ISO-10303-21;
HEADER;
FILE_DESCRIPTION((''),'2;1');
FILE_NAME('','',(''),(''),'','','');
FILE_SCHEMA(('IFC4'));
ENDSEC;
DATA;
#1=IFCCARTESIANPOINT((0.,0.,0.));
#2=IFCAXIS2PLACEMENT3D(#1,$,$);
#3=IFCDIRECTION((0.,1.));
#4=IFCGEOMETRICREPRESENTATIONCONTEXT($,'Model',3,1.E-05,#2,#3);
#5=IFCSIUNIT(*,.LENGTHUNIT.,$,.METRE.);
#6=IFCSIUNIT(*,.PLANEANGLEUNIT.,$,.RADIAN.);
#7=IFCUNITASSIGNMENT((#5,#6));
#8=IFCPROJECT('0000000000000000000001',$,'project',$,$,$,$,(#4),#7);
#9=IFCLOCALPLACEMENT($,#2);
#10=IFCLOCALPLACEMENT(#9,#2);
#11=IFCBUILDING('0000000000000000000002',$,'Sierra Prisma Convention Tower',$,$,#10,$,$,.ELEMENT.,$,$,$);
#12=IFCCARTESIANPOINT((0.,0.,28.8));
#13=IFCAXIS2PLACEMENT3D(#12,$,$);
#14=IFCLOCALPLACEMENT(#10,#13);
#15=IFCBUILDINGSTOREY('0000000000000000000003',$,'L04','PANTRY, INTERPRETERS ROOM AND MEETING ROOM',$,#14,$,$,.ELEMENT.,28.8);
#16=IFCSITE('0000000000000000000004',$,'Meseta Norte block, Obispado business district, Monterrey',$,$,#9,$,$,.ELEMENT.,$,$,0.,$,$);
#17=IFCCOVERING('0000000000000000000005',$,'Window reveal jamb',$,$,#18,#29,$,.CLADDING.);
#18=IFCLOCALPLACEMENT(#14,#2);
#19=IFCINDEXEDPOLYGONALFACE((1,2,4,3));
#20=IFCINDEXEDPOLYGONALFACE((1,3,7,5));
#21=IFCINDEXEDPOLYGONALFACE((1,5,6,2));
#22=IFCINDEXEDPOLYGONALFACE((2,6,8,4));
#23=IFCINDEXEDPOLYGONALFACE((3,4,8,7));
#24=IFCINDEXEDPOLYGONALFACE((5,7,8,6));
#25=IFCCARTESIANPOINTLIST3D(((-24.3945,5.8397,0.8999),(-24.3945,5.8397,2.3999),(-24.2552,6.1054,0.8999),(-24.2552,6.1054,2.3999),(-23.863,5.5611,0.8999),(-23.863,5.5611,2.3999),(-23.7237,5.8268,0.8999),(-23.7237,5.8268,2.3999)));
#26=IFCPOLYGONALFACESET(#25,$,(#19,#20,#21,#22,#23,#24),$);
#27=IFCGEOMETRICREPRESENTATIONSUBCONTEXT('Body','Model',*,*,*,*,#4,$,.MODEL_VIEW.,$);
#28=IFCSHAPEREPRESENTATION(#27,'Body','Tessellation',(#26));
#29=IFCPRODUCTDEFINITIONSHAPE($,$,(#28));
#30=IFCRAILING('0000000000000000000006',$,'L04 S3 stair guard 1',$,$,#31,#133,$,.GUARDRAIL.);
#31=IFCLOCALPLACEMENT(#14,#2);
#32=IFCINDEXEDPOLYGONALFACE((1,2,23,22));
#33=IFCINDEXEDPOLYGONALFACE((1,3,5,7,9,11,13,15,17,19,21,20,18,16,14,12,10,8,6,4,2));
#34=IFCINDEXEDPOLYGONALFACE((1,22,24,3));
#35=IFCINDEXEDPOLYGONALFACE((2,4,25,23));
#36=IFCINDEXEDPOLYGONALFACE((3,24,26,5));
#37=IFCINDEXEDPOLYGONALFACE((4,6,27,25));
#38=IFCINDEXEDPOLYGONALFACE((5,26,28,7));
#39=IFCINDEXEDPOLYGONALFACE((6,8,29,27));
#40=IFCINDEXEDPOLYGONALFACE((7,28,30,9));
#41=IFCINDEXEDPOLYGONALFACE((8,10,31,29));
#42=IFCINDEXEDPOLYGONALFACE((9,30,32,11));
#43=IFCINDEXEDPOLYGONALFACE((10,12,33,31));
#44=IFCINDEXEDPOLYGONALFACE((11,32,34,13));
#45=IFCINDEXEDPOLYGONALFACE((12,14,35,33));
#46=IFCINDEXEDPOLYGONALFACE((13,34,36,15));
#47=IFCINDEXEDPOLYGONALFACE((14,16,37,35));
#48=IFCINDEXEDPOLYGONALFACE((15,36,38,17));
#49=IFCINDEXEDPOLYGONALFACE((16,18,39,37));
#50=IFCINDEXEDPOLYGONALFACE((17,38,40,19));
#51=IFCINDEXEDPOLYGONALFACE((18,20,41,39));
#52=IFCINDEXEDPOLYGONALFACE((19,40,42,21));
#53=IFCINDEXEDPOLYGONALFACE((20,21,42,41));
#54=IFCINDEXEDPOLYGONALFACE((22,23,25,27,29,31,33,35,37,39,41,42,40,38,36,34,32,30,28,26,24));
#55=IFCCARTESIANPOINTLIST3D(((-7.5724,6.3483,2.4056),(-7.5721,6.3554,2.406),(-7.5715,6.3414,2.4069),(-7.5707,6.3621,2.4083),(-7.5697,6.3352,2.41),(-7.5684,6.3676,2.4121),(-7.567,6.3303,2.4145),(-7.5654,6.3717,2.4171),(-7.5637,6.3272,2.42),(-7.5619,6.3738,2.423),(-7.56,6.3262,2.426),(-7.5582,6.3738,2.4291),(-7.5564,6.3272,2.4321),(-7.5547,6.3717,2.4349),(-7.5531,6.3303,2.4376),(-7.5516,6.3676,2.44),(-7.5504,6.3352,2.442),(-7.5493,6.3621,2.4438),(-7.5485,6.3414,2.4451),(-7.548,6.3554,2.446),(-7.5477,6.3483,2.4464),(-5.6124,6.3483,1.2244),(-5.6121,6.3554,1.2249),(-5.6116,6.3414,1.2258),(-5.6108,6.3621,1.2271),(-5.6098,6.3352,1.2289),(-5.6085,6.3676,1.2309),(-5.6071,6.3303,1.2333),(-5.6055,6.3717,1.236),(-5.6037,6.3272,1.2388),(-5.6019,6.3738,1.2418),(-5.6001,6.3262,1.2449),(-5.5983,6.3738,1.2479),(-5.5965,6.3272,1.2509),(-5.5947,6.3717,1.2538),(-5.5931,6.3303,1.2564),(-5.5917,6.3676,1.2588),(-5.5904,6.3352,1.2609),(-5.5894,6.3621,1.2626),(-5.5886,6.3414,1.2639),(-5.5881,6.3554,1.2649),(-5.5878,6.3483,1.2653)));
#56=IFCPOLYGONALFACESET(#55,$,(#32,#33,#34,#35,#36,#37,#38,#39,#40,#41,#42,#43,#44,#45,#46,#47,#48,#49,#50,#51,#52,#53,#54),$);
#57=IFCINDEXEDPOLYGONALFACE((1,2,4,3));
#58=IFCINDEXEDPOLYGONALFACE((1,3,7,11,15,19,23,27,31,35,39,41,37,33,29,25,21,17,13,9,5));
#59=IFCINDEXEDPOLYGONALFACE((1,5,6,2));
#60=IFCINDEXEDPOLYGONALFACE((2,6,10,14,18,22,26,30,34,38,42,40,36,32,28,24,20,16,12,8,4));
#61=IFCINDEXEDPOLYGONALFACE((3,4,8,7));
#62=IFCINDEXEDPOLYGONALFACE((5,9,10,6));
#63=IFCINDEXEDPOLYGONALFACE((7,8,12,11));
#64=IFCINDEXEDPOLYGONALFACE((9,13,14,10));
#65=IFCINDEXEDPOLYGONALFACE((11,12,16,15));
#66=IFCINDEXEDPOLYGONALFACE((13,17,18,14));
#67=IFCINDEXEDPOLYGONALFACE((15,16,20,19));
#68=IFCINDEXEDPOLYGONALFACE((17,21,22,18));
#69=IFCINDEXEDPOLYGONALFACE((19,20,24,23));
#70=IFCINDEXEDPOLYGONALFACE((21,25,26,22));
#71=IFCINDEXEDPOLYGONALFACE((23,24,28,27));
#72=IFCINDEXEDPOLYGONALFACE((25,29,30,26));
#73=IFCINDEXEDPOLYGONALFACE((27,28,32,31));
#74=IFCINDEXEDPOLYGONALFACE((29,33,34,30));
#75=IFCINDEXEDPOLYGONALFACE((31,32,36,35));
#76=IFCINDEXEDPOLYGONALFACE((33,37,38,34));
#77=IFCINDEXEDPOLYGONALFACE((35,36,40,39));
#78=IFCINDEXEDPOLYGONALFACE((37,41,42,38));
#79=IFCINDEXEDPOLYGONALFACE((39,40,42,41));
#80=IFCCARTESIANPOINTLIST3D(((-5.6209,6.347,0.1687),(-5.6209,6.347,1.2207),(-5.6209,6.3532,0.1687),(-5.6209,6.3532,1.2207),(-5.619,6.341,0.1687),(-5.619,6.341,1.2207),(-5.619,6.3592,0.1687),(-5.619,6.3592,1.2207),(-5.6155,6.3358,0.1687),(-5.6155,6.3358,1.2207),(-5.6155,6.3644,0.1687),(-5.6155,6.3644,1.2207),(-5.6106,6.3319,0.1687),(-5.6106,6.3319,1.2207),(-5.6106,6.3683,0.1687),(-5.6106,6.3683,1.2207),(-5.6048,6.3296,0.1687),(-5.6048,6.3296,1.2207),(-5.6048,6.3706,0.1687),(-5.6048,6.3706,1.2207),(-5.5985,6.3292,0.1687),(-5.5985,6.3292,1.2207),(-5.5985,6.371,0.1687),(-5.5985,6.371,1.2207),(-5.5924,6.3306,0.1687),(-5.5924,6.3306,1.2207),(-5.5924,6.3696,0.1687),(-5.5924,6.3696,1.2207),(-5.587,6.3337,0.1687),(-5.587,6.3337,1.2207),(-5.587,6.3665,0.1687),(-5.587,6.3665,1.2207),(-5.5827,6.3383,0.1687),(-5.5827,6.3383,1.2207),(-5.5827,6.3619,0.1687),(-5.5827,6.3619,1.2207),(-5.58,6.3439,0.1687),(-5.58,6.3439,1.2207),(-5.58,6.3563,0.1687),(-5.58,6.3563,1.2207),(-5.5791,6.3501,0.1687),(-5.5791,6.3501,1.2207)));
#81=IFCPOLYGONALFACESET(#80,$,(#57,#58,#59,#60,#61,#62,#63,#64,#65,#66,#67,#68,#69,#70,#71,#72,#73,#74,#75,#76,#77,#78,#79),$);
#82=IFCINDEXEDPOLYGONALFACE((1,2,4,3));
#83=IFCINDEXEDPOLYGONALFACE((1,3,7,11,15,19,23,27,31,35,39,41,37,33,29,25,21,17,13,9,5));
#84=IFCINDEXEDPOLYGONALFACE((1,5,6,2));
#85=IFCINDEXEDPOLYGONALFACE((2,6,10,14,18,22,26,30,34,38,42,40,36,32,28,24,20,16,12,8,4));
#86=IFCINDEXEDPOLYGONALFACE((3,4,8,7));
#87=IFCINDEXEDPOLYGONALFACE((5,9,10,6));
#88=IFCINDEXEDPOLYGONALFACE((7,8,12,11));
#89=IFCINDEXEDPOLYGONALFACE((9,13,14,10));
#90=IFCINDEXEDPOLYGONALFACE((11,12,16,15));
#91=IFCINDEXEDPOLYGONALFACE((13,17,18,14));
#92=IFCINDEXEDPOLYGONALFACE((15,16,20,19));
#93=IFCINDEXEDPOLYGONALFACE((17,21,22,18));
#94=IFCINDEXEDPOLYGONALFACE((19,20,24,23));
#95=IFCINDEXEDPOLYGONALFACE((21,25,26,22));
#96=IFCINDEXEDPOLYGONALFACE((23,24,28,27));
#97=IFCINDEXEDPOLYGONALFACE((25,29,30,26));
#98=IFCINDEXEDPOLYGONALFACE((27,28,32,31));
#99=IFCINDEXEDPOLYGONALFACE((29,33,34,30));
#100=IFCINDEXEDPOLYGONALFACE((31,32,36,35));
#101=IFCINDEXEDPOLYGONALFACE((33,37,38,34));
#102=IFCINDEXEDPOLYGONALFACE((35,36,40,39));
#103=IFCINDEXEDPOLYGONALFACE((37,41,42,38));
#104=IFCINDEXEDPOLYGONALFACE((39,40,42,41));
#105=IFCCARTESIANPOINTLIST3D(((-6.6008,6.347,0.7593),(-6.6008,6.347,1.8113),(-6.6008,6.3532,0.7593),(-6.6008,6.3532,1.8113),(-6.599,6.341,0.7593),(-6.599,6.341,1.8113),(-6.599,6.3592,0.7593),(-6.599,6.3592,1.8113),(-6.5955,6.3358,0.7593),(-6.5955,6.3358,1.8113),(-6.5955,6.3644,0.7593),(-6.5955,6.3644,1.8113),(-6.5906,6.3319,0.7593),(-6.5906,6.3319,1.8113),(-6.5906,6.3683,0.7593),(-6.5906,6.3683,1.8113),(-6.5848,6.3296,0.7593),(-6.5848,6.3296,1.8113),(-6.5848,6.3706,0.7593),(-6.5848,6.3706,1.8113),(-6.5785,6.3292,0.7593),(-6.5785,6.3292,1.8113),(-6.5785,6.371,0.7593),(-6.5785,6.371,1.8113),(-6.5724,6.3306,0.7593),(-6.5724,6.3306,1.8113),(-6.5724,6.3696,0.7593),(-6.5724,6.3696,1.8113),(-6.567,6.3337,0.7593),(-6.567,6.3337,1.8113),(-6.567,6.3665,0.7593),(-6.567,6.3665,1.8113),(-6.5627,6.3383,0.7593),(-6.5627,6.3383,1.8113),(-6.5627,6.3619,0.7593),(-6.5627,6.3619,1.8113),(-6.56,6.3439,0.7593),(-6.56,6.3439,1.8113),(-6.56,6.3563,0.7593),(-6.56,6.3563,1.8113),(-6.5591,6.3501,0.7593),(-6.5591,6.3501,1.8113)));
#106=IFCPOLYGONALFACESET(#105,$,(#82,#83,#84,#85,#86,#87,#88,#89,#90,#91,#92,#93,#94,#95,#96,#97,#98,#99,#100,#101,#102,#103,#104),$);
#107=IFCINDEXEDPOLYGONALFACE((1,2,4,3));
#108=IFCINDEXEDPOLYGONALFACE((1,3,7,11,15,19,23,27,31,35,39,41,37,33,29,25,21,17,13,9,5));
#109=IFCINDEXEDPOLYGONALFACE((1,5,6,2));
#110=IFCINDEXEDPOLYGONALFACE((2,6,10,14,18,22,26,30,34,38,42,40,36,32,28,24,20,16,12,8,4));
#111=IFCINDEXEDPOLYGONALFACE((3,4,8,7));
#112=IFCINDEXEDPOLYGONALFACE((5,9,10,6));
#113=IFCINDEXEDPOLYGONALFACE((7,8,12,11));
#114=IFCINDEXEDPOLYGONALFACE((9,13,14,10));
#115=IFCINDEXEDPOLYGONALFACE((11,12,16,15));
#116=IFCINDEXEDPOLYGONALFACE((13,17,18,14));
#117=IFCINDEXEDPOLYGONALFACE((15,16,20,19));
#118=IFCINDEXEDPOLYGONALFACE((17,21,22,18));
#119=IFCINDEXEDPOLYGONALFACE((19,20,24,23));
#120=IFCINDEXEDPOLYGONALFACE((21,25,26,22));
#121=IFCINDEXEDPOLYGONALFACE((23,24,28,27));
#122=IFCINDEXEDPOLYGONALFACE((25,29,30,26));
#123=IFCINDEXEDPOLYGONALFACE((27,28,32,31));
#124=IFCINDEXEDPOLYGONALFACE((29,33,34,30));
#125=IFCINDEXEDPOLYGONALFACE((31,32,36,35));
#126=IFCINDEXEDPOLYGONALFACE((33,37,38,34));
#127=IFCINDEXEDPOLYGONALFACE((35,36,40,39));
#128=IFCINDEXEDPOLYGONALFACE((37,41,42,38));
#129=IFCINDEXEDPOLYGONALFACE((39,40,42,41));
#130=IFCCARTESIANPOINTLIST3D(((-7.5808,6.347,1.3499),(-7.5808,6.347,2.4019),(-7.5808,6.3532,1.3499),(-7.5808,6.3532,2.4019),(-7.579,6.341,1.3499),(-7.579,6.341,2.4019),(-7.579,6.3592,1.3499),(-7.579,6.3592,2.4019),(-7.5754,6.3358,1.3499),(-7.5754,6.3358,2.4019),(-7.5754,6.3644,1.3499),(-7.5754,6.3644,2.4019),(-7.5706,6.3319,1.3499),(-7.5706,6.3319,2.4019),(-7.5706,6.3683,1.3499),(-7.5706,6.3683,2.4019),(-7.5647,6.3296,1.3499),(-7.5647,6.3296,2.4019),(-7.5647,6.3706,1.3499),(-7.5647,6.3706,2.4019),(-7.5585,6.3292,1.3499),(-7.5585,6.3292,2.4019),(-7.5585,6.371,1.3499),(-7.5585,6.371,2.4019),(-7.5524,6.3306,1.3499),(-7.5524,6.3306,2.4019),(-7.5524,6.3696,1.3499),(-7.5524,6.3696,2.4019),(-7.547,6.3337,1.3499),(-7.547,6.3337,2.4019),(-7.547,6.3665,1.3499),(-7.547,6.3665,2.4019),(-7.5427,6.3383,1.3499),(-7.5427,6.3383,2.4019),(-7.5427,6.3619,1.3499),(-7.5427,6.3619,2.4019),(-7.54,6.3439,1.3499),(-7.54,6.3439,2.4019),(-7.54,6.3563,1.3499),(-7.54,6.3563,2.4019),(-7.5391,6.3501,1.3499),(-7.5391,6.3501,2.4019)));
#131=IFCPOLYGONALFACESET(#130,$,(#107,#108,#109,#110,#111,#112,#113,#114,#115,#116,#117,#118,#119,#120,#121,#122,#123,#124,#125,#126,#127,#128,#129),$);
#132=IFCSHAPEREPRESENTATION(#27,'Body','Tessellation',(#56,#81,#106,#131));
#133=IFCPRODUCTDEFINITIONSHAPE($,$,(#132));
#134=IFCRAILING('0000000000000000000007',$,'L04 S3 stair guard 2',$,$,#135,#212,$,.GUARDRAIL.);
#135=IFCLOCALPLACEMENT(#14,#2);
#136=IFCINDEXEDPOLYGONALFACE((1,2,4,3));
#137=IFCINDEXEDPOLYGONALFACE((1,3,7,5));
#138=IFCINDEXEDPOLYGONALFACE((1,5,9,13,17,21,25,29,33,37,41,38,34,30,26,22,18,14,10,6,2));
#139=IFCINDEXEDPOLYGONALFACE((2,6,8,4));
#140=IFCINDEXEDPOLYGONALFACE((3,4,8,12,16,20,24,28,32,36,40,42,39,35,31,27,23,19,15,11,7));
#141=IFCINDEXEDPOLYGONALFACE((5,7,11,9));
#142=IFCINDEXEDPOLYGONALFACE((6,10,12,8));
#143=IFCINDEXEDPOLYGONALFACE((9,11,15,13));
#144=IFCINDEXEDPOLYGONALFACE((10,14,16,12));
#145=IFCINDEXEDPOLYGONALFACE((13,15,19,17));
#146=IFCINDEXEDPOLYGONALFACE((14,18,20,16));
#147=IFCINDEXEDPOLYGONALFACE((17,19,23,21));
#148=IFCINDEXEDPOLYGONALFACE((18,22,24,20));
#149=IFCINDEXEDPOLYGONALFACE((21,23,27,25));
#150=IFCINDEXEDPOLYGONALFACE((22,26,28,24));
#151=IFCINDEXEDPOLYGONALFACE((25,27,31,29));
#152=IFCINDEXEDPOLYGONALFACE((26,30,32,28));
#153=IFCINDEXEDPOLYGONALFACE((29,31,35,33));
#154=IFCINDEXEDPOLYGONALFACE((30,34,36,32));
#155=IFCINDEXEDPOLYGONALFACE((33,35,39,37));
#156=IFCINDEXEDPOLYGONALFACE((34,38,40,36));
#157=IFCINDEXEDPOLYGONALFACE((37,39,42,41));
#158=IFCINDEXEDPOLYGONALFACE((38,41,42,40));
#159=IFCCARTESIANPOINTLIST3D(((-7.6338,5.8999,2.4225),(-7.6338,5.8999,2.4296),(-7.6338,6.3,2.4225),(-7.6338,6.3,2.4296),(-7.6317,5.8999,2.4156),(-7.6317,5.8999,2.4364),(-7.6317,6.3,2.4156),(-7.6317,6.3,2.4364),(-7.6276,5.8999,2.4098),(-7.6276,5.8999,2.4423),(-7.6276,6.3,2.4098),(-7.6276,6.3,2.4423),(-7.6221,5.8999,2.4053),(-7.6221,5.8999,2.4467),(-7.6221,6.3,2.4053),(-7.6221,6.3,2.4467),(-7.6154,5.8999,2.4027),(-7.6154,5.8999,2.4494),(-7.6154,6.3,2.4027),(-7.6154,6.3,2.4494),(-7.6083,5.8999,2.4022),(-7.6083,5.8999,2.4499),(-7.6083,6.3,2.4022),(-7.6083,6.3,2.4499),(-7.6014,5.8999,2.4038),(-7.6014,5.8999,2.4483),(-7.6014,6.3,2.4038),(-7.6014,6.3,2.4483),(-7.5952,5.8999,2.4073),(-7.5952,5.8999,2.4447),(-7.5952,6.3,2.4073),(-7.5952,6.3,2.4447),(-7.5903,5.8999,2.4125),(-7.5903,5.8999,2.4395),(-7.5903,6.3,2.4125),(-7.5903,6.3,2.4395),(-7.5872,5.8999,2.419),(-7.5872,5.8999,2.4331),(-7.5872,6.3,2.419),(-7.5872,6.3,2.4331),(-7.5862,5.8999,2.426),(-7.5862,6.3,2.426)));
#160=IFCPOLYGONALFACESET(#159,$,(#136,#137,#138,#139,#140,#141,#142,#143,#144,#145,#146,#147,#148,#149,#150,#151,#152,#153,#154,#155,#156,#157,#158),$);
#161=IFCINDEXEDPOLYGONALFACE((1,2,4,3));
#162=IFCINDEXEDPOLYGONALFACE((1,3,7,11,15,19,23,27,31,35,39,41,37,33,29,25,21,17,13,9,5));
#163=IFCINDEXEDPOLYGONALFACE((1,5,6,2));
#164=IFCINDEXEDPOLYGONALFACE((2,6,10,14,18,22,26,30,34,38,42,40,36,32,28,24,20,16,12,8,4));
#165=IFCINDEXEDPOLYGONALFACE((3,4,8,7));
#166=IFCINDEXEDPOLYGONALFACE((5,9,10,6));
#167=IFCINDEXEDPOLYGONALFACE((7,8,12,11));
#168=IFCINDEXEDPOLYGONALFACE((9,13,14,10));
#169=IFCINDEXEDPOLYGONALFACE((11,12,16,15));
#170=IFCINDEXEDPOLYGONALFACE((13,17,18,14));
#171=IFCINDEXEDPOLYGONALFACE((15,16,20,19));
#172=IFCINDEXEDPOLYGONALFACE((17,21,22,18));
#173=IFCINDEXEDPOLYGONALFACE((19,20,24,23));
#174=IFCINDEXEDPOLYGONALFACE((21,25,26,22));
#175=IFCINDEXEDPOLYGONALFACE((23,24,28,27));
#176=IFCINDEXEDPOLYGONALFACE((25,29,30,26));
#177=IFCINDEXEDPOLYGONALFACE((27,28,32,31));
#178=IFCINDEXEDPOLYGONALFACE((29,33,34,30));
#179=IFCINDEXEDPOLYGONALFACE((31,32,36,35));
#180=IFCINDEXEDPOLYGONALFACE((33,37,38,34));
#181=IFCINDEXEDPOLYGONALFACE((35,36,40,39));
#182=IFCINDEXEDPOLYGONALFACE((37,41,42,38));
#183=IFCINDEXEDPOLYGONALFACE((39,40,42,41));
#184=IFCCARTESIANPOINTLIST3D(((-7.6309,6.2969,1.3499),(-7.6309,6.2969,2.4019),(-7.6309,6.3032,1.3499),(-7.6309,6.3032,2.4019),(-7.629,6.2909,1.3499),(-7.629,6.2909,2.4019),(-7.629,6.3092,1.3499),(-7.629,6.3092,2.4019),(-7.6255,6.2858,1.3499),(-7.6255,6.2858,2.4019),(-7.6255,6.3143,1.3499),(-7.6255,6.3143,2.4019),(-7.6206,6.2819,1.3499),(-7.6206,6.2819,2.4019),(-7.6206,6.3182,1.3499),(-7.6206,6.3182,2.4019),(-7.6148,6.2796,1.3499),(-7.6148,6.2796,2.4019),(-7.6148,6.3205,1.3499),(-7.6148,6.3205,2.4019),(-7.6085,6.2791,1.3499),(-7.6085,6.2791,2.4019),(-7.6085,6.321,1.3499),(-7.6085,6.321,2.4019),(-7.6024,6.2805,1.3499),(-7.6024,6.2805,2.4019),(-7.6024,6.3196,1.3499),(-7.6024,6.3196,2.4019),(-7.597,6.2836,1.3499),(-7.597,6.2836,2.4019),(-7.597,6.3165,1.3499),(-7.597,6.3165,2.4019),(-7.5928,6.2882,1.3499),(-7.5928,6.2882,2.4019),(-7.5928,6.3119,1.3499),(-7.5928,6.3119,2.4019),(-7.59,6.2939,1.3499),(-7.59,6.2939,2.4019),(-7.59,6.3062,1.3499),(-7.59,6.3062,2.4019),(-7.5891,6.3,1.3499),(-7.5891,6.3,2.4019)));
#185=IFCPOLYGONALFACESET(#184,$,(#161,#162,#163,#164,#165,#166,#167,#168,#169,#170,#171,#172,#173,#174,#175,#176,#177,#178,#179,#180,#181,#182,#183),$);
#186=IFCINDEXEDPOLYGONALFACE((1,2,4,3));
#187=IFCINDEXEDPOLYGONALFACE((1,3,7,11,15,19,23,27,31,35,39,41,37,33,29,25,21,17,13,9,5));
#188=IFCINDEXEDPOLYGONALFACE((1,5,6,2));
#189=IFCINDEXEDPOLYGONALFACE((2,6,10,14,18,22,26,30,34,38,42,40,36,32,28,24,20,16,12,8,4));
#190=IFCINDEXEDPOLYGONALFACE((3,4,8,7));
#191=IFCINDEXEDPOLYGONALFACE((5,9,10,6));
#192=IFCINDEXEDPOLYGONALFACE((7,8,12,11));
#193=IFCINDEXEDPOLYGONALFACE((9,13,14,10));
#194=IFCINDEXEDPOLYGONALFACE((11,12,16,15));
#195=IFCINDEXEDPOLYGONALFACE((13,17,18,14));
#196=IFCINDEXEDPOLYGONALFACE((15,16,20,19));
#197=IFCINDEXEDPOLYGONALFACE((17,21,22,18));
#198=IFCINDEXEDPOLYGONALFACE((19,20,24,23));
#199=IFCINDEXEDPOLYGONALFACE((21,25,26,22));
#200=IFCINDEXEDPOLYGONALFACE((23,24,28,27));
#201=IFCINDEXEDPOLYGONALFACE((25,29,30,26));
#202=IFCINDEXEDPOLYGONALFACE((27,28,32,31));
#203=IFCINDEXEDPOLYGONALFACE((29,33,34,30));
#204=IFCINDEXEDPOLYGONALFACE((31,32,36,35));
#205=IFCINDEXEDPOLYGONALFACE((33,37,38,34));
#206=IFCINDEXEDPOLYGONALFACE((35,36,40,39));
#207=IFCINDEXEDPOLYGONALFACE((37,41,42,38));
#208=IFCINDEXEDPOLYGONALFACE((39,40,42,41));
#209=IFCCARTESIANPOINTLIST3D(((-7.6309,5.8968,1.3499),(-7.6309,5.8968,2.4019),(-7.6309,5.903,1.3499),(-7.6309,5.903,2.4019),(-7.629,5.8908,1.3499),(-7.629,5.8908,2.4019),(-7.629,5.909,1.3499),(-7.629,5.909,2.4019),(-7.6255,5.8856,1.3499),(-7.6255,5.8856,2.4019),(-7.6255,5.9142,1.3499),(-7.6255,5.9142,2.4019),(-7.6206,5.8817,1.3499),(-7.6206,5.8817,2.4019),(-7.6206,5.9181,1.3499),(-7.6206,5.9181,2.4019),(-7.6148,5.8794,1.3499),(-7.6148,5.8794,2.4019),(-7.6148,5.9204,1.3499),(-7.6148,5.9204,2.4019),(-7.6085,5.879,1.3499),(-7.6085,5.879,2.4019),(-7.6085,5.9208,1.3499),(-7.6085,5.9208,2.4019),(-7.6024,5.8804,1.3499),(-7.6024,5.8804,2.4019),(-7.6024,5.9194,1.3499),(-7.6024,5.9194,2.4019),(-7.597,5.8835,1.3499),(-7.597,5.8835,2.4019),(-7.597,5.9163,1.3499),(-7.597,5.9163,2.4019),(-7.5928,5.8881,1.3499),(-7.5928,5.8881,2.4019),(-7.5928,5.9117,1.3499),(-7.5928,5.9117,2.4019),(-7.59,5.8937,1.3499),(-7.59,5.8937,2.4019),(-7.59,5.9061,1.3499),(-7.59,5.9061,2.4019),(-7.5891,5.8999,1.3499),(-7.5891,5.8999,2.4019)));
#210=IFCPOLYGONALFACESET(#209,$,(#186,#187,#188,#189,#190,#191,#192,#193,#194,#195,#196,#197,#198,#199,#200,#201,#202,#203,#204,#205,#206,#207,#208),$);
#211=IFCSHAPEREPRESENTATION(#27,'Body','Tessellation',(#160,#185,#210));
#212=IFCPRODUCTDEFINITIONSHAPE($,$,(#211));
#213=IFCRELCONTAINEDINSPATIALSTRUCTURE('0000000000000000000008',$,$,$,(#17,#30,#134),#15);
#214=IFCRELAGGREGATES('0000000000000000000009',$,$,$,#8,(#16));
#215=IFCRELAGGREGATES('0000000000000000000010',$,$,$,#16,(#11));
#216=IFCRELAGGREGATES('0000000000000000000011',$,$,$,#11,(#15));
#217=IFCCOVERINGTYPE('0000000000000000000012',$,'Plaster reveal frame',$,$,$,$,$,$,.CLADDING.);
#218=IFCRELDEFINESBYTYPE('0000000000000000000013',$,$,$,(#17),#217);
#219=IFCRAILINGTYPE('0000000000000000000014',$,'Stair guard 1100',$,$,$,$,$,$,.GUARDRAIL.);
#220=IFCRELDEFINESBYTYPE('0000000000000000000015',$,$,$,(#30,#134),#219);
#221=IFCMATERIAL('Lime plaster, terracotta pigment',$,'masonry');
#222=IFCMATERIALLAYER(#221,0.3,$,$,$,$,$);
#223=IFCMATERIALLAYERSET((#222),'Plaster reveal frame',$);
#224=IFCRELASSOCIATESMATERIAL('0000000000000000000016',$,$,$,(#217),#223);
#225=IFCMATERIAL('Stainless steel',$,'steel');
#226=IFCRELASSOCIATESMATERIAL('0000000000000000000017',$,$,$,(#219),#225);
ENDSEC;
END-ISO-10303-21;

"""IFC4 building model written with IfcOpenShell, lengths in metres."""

from ifc_helpers import new_model, si_unit, direction, frame, origin, origin_2d, place, context, subcontext, project, spatial, rectangle, circle, extrude, material, layer, layer_set, type_object, element, save


model = new_model("IFC4")

# Units and contexts
model_context = context("Model", 3, precision=1e-05, world=origin(), true_north=direction((0.0, 1.0)))
body_context = subcontext(model_context, "Body", "Model", "MODEL_VIEW")
ifc_project = project(units=[si_unit("LENGTHUNIT", "METRE"), si_unit("PLANEANGLEUNIT", "RADIAN")], contexts=[model_context])

# Site, building, storey
site_placement = place(None, origin())
site = spatial("IfcSite", under=ifc_project, at=site_placement, Name="Meseta Norte block, Obispado business district, Monterrey", CompositionType="ELEMENT", RefElevation=0.0)
building_placement = place(site_placement, origin())
building = spatial("IfcBuilding", under=site, at=building_placement, Name="Sierra Prisma Convention Tower", CompositionType="ELEMENT")
storey_placement = place(building_placement, frame((0.0, 0.0, 28.8)))
storey = spatial("IfcBuildingStorey", under=building, at=storey_placement, Name="L04", Description="PANTRY, INTERPRETERS ROOM AND MEETING ROOM", CompositionType="ELEMENT", Elevation=28.8)

# Covering
ifc_material_1 = material(Name="Lime plaster, terracotta pigment", Category="masonry")
ifc_layer_1 = layer(ifc_material_1, 0.3)
ifc_layer_set_1 = layer_set([ifc_layer_1], Name="Plaster reveal frame")
covering_type = type_object("IfcCoveringType", Name="Plaster reveal frame", PredefinedType="CLADDING", material=ifc_layer_set_1)
covering_placement = place(storey_placement, frame((-24.0591, 5.8333, 0.8999), z_axis=(0.0, 0.0, 1.0), x_axis=(0.464253, 0.885703, 0.0)))
element("IfcCovering", 1, at=covering_placement, inside=storey, type_object=covering_type, Name="Window reveal jamb", PredefinedType="CLADDING", context=body_context, shape_type="SweptSolid", body=[
    extrude(rectangle(XDim=0.3, YDim=0.6001, at=origin_2d()), origin(), (0.0, 0.0, 1.0), 1.5),
])

# Railings
ifc_material_2 = material(Name="Stainless steel", Category="steel")
railing_type_1 = type_object("IfcRailingType", Name="Stair guard 1100", PredefinedType="GUARDRAIL", material=ifc_material_2)
railing_1_placement = place(storey_placement, frame((-5.6001, 6.3501, 0.1687)))
element("IfcRailing", 2, at=railing_1_placement, inside=storey, type_object=railing_type_1, Name="L04 S3 stair guard 1", PredefinedType="GUARDRAIL", context=body_context, shape_type="SweptSolid", body=[
    extrude(circle(Radius=0.0239, at=origin_2d()), frame((0.0, 0.0, 1.0762), z_axis=(-0.856493, 0.0, 0.516158), x_axis=(0.0, -1.0, 0.0)), (0.0, 0.0, 1.0), 2.2883),
    extrude(circle(Radius=0.021, at=origin_2d()), origin(), (0.0, 0.0, 1.0), 1.052),
    extrude(circle(Radius=0.021, at=origin_2d()), frame((-0.98, 0.0, 0.5906)), (0.0, 0.0, 1.0), 1.052),
    extrude(circle(Radius=0.021, at=origin_2d()), frame((-1.96, 0.0, 1.1812)), (0.0, 0.0, 1.0), 1.052),
])
railing_2_placement = place(storey_placement, frame((-7.6101, 6.3, 1.3499)))
element("IfcRailing", 3, at=railing_2_placement, inside=storey, type_object=railing_type_1, Name="L04 S3 stair guard 2", PredefinedType="GUARDRAIL", context=body_context, shape_type="SweptSolid", body=[
    extrude(circle(Radius=0.0239, at=origin_2d()), frame((0.0, 0.0, 1.0762), z_axis=(0.0, -1.0, 0.0), x_axis=(1.0, 0.0, 0.0)), (0.0, 0.0, 1.0), 0.4001),
    extrude(circle(Radius=0.021, at=origin_2d()), origin(), (0.0, 0.0, 1.0), 1.052),
    extrude(circle(Radius=0.021, at=origin_2d()), frame((0.0, -0.4001, 0.0)), (0.0, 0.0, 1.0), 1.052),
])

save(model, "model.ifc")
